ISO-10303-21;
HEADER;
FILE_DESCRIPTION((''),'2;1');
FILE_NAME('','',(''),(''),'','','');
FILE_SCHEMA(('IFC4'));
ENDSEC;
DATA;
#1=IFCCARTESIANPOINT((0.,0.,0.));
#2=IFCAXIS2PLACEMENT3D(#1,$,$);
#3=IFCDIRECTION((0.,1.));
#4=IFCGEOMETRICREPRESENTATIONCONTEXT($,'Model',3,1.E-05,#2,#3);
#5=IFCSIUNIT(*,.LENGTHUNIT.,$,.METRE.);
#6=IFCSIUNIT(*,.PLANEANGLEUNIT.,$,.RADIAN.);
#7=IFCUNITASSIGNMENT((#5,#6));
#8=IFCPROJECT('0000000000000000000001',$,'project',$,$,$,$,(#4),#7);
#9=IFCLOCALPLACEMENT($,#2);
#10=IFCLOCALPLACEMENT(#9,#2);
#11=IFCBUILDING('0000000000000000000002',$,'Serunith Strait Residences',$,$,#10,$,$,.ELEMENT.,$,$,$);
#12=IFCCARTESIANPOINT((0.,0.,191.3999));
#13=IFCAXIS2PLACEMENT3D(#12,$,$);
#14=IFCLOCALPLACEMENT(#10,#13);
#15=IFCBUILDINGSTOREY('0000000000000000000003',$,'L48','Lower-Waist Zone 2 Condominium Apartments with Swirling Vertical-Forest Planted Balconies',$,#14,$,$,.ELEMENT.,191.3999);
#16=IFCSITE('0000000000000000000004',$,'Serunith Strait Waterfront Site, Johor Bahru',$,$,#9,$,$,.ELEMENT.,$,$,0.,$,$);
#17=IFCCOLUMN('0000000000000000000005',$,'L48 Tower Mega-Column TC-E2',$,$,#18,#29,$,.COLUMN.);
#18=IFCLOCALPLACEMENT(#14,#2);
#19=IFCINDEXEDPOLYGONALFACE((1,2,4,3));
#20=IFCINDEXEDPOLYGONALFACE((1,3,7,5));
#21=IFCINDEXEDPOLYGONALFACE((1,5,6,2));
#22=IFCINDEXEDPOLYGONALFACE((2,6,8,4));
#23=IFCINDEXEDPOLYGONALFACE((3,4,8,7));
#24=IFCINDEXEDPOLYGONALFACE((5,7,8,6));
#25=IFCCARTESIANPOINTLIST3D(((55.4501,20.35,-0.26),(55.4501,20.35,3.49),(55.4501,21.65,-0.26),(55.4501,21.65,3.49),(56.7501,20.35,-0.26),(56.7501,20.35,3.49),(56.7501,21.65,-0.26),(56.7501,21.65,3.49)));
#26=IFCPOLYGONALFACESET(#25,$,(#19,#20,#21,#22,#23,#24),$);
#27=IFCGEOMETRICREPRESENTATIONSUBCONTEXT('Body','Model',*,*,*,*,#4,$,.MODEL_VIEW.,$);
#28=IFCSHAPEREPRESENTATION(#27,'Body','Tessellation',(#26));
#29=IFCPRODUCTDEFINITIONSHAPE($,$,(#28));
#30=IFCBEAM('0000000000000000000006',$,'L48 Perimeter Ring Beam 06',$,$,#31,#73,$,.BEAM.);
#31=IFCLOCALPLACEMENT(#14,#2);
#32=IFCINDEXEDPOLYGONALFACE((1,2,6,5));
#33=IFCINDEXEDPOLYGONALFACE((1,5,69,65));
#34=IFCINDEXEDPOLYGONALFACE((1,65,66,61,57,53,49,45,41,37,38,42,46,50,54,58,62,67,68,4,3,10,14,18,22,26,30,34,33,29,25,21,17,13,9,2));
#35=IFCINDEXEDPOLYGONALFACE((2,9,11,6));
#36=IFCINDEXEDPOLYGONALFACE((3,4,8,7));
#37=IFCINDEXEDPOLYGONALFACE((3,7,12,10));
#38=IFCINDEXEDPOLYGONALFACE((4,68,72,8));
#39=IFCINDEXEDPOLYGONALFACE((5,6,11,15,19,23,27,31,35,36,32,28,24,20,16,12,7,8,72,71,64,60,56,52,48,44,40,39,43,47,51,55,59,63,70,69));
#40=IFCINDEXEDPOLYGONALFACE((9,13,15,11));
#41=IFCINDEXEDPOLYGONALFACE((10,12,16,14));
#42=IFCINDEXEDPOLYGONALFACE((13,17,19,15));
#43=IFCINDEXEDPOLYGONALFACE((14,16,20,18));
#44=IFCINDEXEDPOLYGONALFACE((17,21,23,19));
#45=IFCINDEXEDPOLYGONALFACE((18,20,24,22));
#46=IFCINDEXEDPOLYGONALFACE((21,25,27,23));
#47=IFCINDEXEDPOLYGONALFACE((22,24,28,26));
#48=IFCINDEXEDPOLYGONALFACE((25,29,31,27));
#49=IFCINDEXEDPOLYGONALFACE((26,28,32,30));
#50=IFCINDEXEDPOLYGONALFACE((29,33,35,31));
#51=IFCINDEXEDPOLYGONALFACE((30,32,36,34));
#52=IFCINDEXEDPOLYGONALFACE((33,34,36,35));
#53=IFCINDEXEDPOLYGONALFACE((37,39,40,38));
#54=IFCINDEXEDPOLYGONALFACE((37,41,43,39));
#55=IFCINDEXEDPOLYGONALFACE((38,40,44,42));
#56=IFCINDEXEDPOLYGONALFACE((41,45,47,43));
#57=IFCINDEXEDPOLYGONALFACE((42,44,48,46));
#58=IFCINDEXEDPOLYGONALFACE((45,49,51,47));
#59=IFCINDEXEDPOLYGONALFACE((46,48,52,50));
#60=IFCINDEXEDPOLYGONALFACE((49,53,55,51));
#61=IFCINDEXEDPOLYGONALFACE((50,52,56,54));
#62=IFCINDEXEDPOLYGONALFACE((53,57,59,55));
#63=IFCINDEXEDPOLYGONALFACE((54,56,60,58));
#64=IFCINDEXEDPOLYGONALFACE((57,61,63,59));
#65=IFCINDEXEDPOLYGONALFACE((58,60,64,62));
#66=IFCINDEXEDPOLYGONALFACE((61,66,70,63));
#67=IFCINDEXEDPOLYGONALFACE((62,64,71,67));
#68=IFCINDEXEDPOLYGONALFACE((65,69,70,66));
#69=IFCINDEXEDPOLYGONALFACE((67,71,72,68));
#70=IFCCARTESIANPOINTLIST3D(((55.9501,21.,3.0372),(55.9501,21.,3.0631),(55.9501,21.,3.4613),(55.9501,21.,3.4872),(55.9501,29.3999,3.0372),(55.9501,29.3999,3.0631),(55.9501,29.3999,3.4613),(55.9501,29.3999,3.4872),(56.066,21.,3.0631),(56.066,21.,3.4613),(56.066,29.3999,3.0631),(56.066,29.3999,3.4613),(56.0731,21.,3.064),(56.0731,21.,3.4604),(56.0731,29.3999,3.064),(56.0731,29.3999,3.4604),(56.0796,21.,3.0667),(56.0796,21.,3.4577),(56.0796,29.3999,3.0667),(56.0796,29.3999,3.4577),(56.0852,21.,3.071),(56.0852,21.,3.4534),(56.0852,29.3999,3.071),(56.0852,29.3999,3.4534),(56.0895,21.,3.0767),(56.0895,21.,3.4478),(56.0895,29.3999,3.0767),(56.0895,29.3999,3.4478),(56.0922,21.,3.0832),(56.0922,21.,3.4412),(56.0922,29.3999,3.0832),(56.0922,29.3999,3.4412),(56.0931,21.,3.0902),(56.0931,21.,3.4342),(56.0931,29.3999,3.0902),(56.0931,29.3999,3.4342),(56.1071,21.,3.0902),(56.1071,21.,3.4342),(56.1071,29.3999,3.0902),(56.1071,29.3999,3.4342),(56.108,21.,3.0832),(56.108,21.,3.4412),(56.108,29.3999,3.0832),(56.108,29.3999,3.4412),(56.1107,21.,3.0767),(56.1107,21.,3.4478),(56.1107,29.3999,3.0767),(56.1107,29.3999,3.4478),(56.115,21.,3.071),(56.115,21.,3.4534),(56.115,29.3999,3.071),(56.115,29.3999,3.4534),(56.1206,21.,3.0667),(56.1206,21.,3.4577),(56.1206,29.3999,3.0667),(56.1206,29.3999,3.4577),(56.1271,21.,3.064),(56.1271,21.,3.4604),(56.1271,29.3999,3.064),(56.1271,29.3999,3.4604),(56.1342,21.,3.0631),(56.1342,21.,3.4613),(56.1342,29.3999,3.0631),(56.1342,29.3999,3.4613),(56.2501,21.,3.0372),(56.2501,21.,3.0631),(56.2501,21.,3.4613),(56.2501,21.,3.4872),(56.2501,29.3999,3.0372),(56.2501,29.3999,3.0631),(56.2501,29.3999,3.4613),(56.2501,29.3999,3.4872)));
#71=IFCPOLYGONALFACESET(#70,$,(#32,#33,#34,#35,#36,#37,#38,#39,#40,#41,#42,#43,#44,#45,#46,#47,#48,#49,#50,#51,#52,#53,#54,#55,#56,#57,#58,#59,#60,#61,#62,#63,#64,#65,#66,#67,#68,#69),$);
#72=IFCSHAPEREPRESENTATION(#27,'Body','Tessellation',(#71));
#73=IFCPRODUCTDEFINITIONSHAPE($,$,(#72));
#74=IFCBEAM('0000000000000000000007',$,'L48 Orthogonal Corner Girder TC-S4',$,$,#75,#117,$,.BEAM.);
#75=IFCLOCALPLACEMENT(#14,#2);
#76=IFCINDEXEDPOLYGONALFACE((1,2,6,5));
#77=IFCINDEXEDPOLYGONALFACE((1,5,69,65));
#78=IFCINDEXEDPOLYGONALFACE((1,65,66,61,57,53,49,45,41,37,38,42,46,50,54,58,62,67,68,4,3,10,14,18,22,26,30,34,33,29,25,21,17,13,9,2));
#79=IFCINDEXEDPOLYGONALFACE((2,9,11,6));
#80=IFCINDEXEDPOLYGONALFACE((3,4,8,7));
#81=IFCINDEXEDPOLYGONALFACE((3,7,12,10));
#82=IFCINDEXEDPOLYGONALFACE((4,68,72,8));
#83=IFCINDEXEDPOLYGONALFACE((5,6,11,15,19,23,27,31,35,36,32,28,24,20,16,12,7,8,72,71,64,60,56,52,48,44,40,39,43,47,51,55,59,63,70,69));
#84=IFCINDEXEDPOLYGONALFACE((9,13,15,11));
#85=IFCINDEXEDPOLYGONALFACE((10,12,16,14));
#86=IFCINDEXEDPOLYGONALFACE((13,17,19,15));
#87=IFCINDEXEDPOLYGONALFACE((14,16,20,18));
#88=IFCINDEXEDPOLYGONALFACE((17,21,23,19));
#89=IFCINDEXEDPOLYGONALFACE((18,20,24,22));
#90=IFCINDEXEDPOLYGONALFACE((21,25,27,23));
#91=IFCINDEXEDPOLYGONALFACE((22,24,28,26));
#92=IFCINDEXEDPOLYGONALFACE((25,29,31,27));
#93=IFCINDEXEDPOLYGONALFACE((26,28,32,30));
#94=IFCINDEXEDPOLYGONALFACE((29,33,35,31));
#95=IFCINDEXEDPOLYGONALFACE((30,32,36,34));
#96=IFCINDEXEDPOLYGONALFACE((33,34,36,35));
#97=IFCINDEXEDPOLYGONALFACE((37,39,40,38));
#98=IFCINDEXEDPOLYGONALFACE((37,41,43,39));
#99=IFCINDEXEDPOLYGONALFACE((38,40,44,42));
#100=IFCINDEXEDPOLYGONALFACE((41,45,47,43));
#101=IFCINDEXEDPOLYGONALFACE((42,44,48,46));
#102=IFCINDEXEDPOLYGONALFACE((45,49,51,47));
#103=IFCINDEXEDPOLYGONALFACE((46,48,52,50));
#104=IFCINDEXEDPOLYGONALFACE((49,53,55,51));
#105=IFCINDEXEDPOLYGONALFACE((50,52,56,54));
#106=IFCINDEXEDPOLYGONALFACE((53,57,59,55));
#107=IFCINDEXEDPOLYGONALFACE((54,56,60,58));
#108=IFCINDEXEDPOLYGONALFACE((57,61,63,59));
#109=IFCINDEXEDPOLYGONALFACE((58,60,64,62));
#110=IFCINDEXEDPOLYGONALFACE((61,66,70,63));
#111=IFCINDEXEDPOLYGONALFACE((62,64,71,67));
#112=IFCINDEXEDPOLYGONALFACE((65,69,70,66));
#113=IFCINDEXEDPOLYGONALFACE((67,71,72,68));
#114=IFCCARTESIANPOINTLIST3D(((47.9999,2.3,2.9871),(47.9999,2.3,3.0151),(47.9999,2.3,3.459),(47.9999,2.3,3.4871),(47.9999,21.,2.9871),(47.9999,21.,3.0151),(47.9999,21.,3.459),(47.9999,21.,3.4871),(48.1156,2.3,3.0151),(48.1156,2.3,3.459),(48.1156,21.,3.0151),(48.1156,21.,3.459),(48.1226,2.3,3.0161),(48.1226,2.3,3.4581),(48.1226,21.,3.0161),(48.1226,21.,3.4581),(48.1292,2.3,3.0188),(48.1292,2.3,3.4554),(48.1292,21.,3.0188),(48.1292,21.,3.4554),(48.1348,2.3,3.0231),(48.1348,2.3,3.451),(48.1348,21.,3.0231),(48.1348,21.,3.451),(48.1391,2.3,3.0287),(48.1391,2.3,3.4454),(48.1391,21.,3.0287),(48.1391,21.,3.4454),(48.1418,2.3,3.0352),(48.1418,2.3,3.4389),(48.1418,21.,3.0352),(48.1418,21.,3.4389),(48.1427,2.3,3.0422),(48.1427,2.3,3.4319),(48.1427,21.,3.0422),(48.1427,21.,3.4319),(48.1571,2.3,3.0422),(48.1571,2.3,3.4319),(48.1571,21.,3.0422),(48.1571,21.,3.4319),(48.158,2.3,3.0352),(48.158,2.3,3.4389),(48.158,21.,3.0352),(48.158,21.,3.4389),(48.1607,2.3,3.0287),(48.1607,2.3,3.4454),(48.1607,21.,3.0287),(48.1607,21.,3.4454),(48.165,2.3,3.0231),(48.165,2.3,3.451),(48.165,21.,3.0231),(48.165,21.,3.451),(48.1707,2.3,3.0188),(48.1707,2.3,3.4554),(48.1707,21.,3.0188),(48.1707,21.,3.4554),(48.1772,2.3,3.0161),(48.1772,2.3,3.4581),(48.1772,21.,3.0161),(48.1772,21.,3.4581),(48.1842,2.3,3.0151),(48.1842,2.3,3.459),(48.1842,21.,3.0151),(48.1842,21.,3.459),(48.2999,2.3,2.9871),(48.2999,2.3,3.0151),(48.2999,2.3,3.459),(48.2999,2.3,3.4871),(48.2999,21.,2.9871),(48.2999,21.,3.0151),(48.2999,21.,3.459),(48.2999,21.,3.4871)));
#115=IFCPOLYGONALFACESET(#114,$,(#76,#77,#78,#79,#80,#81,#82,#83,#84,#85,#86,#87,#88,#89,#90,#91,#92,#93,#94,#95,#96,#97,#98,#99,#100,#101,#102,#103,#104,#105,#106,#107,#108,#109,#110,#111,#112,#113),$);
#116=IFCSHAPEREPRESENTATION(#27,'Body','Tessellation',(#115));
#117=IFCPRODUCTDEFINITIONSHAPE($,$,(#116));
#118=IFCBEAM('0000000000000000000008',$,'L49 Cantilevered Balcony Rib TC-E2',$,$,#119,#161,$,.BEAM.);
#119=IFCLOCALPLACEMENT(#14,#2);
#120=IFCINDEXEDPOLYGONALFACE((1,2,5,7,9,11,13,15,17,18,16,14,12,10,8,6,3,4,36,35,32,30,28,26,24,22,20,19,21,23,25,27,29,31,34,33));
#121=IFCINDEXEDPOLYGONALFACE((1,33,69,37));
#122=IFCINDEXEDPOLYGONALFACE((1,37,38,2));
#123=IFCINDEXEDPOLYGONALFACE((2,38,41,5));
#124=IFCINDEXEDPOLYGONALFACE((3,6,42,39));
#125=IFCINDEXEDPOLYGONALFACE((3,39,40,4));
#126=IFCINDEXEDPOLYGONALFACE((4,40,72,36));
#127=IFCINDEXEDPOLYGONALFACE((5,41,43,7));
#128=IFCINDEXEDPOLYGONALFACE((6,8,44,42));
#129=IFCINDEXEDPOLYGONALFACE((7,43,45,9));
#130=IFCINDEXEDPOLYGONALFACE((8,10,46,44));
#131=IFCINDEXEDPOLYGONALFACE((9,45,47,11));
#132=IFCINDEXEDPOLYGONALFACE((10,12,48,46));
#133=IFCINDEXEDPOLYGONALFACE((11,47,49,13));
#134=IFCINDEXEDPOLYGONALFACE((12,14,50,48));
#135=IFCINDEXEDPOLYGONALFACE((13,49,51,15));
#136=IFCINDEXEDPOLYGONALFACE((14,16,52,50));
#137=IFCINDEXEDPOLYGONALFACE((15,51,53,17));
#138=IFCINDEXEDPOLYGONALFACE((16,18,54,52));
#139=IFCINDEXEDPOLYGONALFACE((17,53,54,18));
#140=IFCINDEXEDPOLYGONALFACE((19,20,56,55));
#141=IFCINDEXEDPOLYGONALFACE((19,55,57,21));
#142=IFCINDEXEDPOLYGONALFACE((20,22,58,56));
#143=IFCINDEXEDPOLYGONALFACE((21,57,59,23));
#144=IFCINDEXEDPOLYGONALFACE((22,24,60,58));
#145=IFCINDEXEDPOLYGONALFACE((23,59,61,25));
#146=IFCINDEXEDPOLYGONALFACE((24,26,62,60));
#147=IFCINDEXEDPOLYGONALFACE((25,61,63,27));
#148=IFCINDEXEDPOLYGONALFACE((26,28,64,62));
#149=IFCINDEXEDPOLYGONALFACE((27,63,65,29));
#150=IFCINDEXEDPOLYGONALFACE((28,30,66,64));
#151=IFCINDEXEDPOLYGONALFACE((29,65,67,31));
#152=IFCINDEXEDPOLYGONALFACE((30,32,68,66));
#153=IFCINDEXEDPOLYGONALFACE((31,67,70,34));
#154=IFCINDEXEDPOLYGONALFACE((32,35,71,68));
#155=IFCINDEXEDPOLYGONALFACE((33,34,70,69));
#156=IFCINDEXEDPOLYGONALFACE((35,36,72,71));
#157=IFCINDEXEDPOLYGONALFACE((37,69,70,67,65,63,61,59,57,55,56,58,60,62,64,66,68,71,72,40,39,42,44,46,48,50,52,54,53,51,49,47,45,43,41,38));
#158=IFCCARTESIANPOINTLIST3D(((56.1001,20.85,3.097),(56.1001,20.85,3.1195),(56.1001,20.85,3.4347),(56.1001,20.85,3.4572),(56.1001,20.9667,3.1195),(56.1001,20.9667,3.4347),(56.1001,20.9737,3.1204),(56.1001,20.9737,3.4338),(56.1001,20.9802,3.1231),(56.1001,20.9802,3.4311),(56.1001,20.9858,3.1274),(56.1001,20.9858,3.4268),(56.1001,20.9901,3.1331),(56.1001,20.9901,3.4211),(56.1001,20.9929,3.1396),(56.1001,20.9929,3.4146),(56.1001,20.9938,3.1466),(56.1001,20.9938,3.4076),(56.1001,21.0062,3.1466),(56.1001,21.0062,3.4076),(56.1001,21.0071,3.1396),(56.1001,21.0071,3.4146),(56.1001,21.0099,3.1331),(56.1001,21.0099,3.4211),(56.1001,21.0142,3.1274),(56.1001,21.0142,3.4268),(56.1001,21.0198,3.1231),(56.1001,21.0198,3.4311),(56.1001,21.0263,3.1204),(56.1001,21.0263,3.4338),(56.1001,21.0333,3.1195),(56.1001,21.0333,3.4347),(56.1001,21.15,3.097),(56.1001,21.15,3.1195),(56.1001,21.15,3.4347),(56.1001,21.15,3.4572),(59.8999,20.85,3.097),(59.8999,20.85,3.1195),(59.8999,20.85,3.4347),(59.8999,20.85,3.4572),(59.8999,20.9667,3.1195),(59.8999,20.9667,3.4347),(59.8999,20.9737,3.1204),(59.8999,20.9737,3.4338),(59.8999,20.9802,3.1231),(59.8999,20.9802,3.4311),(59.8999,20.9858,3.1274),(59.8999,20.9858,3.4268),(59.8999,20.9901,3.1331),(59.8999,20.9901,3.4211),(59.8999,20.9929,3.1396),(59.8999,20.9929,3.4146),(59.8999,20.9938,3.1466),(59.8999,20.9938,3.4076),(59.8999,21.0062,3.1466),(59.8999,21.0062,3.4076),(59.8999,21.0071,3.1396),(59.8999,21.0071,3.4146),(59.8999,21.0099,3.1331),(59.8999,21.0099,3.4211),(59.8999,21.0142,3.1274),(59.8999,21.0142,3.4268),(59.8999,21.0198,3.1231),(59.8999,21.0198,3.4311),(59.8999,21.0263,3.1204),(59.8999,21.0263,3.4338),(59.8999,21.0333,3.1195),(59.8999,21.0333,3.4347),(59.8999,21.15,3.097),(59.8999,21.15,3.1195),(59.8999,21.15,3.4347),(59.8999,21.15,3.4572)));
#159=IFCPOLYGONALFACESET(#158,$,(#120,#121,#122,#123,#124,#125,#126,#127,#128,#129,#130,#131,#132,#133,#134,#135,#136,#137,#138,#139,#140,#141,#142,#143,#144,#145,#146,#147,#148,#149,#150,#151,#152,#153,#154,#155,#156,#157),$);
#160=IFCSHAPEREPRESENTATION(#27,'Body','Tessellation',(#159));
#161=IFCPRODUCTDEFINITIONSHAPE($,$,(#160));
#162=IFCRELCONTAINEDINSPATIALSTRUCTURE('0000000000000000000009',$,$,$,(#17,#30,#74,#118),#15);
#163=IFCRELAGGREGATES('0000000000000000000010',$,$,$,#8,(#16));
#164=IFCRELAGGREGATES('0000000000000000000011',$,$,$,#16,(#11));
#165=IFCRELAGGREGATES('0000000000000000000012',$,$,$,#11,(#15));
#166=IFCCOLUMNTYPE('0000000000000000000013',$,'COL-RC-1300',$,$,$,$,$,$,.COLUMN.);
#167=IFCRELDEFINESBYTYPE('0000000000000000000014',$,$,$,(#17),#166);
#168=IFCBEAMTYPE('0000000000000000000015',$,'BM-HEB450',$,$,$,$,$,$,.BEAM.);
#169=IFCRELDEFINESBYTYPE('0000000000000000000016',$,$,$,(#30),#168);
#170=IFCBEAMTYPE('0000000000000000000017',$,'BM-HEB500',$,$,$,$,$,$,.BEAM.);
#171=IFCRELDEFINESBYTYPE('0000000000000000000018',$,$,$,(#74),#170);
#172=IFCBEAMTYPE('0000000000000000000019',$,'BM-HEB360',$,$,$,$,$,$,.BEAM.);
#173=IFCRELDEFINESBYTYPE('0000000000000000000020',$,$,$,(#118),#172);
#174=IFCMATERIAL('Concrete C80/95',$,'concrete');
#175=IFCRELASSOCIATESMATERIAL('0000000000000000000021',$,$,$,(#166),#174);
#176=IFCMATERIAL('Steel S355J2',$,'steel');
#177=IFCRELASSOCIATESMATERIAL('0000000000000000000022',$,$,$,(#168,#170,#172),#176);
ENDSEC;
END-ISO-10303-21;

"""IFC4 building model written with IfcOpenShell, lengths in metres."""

from ifc_helpers import new_model, si_unit, direction, frame, origin, origin_2d, place, context, subcontext, project, spatial, rectangle, i_section, extrude, source, transform, mapped, material, material_profile, profile_set, type_object, element, save


model = new_model("IFC4")

# Units and contexts
model_context = context("Model", 3, precision=1e-05, world=origin(), true_north=direction((0.0, 1.0)))
body_context = subcontext(model_context, "Body", "Model", "MODEL_VIEW")
ifc_project = project(units=[si_unit("LENGTHUNIT", "METRE"), si_unit("PLANEANGLEUNIT", "RADIAN")], contexts=[model_context])

# Site, building, storey
site_placement = place(None, origin())
site = spatial("IfcSite", under=ifc_project, at=site_placement, Name="Serunith Strait Waterfront Site, Johor Bahru", CompositionType="ELEMENT", RefElevation=0.0)
building_placement = place(site_placement, origin())
building = spatial("IfcBuilding", under=site, at=building_placement, Name="Serunith Strait Residences", CompositionType="ELEMENT")
storey_placement = place(building_placement, frame((0.0, 0.0, 191.3999)))
storey = spatial("IfcBuildingStorey", under=building, at=storey_placement, Name="L48", Description="Lower-Waist Zone 2 Condominium Apartments with Swirling Vertical-Forest Planted Balconies", CompositionType="ELEMENT", Elevation=191.3999)

# Column
ifc_material_1 = material(Name="Concrete C80/95", Category="concrete")
ifc_material_profile_1 = material_profile(ifc_material_1, rectangle(XDim=1.3, YDim=1.3, at=origin_2d()), Name="RC 1300x1300")
ifc_profile_set_1 = profile_set([ifc_material_profile_1], Name="Concrete C80/95")
column_type = type_object("IfcColumnType", Name="COL-RC-1300", PredefinedType="COLUMN", material=ifc_profile_set_1)
shared_shape_1 = source(origin(), body_context, "Body", "SweptSolid", [
    extrude(rectangle(XDim=1.3, YDim=1.3, at=origin_2d()), origin(), (0.0, 0.0, 1.0), 3.75),
])
column_placement = place(storey_placement, frame((56.1001, 21.0, -0.26), z_axis=(0.0, 0.0, 1.0), x_axis=(1.0, 0.0, 0.0)))
element("IfcColumn", 1, at=column_placement, inside=storey, type_object=column_type, Name="L48 Tower Mega-Column TC-E2", PredefinedType="COLUMN", context=body_context, shape_type="MappedRepresentation", body=[
    mapped(shared_shape_1, transform((0.0, 0.0, 0.0), scale=1.0)),
])

# Beams
ifc_material_2 = material(Name="Steel S355J2", Category="steel")
ifc_material_profile_2 = material_profile(ifc_material_2, i_section(OverallWidth=0.3, OverallDepth=0.45, WebThickness=0.0139, FlangeThickness=0.0259, FilletRadius=0.0271, at=origin_2d()), Name="HEB 450")
ifc_profile_set_2 = profile_set([ifc_material_profile_2], Name="Steel S355J2")
beam_type_1 = type_object("IfcBeamType", Name="BM-HEB450", PredefinedType="BEAM", material=ifc_profile_set_2)
shared_shape_2 = source(origin(), body_context, "Body", "SweptSolid", [
    extrude(i_section(OverallWidth=0.3, OverallDepth=0.45, WebThickness=0.0139, FlangeThickness=0.0259, FilletRadius=0.0271, at=origin_2d()), origin(), (0.0, 0.0, 1.0), 8.3999),
])
beam_1_placement = place(storey_placement, frame((56.1001, 21.0, 3.2622), z_axis=(0.0, 1.0, 0.0), x_axis=(-1.0, 0.0, 0.0)))
element("IfcBeam", 2, at=beam_1_placement, inside=storey, type_object=beam_type_1, Name="L48 Perimeter Ring Beam 06", PredefinedType="BEAM", context=body_context, shape_type="MappedRepresentation", body=[
    mapped(shared_shape_2, transform((0.0, 0.0, 0.0), scale=1.0)),
])
ifc_material_profile_3 = material_profile(ifc_material_2, i_section(OverallWidth=0.3, OverallDepth=0.5, WebThickness=0.0144, FlangeThickness=0.0281, FilletRadius=0.0271, at=origin_2d()), Name="HEB 500")
ifc_profile_set_3 = profile_set([ifc_material_profile_3], Name="Steel S355J2")
beam_type_2 = type_object("IfcBeamType", Name="BM-HEB500", PredefinedType="BEAM", material=ifc_profile_set_3)
shared_shape_3 = source(origin(), body_context, "Body", "SweptSolid", [
    extrude(i_section(OverallWidth=0.3, OverallDepth=0.5, WebThickness=0.0144, FlangeThickness=0.0281, FilletRadius=0.0271, at=origin_2d()), origin(), (0.0, 0.0, 1.0), 18.7),
])
beam_2_placement = place(storey_placement, frame((48.1499, 21.0, 3.2371), z_axis=(0.0, -1.0, 0.0), x_axis=(1.0, 0.0, 0.0)))
element("IfcBeam", 3, at=beam_2_placement, inside=storey, type_object=beam_type_2, Name="L48 Orthogonal Corner Girder TC-S4", PredefinedType="BEAM", context=body_context, shape_type="MappedRepresentation", body=[
    mapped(shared_shape_3, transform((0.0, 0.0, 0.0), scale=1.0)),
])
ifc_material_profile_4 = material_profile(ifc_material_2, i_section(OverallWidth=0.3, OverallDepth=0.3601, WebThickness=0.0125, FlangeThickness=0.0225, FilletRadius=0.0271, at=origin_2d()), Name="HEB 360")
ifc_profile_set_4 = profile_set([ifc_material_profile_4], Name="Steel S355J2")
beam_type_3 = type_object("IfcBeamType", Name="BM-HEB360", PredefinedType="BEAM", material=ifc_profile_set_4)
shared_shape_4 = source(origin(), body_context, "Body", "SweptSolid", [
    extrude(i_section(OverallWidth=0.3, OverallDepth=0.3601, WebThickness=0.0125, FlangeThickness=0.0225, FilletRadius=0.0271, at=origin_2d()), origin(), (0.0, 0.0, 1.0), 3.7998),
])
beam_3_placement = place(storey_placement, frame((56.1001, 21.0, 3.2771), z_axis=(1.0, 0.0, 0.0), x_axis=(0.0, 1.0, 0.0)))
element("IfcBeam", 4, at=beam_3_placement, inside=storey, type_object=beam_type_3, Name="L49 Cantilevered Balcony Rib TC-E2", PredefinedType="BEAM", context=body_context, shape_type="MappedRepresentation", body=[
    mapped(shared_shape_4, transform((0.0, 0.0, 0.0), scale=1.0)),
])

save(model, "model.ifc")
